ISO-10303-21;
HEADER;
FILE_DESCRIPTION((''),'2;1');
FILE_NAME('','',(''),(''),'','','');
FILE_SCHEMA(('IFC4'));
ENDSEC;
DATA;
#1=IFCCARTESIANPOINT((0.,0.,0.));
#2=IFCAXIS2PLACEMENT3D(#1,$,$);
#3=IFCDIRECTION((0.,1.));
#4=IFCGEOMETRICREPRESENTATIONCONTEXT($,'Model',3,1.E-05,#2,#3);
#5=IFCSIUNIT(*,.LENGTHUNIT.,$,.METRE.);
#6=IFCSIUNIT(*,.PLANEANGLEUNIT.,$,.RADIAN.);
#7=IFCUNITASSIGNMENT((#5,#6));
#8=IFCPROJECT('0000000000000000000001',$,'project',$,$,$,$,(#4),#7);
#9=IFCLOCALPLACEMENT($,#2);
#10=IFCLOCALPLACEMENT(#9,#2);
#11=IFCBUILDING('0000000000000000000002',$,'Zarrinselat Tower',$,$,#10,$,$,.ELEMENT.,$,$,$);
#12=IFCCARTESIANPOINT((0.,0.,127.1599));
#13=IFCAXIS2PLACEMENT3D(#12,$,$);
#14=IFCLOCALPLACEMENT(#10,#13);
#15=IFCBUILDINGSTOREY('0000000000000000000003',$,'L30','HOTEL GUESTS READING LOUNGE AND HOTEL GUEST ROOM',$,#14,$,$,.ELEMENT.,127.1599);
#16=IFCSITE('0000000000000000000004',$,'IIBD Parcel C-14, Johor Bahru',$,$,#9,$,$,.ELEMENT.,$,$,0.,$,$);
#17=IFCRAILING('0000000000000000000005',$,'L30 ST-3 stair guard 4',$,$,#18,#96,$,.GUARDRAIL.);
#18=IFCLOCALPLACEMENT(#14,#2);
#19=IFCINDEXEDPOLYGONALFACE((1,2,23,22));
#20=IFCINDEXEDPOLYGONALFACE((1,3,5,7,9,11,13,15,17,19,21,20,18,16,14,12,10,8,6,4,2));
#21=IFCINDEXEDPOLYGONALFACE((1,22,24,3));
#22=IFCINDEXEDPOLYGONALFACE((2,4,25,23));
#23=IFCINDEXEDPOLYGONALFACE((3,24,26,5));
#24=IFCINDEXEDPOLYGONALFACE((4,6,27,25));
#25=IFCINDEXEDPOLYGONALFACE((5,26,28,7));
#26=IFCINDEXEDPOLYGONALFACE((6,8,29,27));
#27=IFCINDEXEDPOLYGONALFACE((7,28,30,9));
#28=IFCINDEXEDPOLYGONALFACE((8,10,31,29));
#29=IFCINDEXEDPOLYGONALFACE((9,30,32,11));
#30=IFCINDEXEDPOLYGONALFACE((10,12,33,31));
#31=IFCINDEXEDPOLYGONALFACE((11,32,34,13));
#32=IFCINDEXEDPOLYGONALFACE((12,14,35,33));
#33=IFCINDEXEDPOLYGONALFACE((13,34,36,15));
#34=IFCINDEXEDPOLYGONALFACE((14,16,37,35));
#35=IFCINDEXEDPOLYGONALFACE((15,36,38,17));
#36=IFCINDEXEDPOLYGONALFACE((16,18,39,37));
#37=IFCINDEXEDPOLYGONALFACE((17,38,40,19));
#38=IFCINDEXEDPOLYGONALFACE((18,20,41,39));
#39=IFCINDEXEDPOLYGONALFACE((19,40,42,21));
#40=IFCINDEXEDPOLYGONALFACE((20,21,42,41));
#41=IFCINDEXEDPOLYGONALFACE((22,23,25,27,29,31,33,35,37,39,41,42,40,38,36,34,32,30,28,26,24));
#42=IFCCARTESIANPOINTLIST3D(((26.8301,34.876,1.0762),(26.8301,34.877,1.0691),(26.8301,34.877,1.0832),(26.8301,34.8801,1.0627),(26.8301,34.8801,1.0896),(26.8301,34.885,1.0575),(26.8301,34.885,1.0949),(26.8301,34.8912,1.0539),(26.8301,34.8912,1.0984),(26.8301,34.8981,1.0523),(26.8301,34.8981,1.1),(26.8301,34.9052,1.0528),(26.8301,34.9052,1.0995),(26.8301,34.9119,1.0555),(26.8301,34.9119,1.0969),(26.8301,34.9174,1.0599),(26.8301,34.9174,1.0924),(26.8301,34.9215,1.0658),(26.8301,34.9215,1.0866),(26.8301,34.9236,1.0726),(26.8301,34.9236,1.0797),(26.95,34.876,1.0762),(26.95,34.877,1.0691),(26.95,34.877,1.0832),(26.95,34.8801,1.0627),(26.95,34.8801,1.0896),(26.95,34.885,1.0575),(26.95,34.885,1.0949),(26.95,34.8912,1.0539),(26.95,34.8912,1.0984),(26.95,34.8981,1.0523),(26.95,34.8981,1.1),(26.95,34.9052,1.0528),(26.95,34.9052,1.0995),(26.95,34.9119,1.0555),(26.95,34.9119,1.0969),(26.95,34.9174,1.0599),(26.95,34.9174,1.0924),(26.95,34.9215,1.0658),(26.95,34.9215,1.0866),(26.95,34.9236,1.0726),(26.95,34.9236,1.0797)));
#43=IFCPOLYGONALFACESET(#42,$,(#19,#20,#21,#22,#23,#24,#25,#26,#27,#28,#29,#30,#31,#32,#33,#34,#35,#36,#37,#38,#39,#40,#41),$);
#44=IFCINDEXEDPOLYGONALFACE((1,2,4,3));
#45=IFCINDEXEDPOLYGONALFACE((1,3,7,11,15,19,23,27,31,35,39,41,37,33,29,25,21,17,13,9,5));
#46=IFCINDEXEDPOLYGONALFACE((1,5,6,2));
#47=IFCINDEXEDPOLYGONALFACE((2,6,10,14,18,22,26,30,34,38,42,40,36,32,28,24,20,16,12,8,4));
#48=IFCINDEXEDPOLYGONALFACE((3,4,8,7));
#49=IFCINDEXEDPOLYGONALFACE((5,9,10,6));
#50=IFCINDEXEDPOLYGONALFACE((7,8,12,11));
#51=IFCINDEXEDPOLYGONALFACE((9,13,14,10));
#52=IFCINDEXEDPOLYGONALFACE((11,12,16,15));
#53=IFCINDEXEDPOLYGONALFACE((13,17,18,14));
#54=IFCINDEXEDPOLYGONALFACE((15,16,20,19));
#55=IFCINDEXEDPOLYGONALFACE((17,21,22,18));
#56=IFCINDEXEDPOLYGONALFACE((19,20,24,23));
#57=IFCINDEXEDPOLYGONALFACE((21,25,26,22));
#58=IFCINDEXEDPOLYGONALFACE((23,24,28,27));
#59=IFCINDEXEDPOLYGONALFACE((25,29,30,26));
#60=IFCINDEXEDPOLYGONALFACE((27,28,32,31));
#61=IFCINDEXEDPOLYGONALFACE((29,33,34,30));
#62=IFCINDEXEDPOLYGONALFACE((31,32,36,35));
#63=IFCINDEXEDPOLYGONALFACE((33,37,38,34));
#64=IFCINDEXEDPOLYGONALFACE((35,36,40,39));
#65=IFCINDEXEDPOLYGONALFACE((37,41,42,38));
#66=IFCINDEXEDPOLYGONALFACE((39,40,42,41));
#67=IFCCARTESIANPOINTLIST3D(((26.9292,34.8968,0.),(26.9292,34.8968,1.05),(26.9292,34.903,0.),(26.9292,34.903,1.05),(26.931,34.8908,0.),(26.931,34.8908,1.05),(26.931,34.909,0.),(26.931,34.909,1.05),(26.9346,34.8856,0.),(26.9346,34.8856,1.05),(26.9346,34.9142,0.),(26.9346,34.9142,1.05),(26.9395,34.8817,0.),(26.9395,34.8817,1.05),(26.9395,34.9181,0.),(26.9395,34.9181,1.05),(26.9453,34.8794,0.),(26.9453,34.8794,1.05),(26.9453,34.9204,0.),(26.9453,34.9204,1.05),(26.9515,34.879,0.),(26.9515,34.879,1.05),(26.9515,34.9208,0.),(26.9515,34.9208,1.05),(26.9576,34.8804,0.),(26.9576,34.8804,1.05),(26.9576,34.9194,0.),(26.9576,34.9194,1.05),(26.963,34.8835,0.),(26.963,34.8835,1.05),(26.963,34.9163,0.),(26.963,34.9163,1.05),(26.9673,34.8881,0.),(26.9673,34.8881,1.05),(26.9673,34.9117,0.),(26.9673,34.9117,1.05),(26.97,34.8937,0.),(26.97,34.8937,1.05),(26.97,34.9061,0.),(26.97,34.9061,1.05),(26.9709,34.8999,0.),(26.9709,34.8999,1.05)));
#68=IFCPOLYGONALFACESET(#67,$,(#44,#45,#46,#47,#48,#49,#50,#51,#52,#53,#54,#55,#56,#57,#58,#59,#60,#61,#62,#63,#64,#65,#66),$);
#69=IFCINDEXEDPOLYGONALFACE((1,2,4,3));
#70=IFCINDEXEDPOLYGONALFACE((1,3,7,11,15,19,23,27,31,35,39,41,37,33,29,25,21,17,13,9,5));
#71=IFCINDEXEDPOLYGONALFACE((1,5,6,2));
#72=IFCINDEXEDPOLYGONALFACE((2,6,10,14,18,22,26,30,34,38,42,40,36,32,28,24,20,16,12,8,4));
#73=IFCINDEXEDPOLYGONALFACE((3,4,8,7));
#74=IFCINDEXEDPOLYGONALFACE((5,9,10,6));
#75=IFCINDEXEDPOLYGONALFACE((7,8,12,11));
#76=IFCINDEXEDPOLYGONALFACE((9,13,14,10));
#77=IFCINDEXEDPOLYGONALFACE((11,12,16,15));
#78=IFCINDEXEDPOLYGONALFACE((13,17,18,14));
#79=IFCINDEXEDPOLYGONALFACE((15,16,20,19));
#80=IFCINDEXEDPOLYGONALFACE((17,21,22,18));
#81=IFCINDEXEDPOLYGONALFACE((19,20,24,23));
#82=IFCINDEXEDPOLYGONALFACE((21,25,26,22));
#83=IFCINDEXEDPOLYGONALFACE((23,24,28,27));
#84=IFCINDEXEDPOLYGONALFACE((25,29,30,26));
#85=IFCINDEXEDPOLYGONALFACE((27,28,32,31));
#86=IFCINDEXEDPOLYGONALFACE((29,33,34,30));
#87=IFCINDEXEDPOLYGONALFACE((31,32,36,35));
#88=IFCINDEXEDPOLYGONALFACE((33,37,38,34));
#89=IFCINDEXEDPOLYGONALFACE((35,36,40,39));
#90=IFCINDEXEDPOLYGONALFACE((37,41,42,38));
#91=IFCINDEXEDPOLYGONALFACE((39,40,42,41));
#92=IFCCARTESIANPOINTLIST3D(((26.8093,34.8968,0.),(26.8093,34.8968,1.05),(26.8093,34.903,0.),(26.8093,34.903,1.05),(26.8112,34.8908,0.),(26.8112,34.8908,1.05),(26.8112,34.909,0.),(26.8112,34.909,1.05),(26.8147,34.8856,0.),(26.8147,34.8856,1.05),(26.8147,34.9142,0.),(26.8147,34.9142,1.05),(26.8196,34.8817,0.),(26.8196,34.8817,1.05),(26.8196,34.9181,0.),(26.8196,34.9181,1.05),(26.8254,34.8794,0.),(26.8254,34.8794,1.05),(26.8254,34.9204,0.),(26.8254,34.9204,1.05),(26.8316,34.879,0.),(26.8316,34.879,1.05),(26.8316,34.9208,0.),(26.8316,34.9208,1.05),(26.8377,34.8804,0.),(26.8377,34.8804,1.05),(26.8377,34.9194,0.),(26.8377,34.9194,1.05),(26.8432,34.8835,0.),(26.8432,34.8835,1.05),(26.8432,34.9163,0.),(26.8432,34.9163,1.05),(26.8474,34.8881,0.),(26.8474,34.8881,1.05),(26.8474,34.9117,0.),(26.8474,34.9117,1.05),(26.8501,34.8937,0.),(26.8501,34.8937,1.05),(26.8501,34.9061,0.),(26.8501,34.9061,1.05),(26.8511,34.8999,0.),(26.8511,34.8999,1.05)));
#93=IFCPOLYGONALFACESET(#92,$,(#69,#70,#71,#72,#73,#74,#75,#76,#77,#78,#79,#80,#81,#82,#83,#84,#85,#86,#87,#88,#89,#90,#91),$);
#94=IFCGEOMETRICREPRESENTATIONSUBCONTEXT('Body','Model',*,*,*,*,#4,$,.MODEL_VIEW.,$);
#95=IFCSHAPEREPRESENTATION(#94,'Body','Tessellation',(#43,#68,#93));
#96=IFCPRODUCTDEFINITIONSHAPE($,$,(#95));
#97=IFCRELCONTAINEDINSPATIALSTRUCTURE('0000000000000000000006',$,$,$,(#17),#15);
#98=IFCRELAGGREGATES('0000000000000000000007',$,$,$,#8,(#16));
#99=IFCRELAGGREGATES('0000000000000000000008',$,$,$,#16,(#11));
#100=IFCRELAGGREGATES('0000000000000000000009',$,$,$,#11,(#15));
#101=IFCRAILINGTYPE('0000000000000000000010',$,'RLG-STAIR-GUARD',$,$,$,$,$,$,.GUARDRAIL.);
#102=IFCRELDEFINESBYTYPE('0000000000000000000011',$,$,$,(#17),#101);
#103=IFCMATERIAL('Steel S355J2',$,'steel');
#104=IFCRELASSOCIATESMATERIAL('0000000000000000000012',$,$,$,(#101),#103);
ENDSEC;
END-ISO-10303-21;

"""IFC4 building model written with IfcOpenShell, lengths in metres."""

from ifc_helpers import new_model, si_unit, direction, frame, origin, origin_2d, place, context, subcontext, project, spatial, circle, extrude, material, type_object, element, save


model = new_model("IFC4")

# Units and contexts
model_context = context("Model", 3, precision=1e-05, world=origin(), true_north=direction((0.0, 1.0)))
body_context = subcontext(model_context, "Body", "Model", "MODEL_VIEW")
ifc_project = project(units=[si_unit("LENGTHUNIT", "METRE"), si_unit("PLANEANGLEUNIT", "RADIAN")], contexts=[model_context])

# Site, building, storey
site_placement = place(None, origin())
site = spatial("IfcSite", under=ifc_project, at=site_placement, Name="IIBD Parcel C-14, Johor Bahru", CompositionType="ELEMENT", RefElevation=0.0)
building_placement = place(site_placement, origin())
building = spatial("IfcBuilding", under=site, at=building_placement, Name="Zarrinselat Tower", CompositionType="ELEMENT")
storey_placement = place(building_placement, frame((0.0, 0.0, 127.1599)))
storey = spatial("IfcBuildingStorey", under=building, at=storey_placement, Name="L30", Description="HOTEL GUESTS READING LOUNGE AND HOTEL GUEST ROOM", CompositionType="ELEMENT", Elevation=127.1599)

# Railing
ifc_material_1 = material(Name="Steel S355J2", Category="steel")
railing_type_1 = type_object("IfcRailingType", Name="RLG-STAIR-GUARD", PredefinedType="GUARDRAIL", material=ifc_material_1)
railing_1_placement = place(storey_placement, frame((26.95, 34.8999, 0.0)))
element("IfcRailing", 1, at=railing_1_placement, inside=storey, type_object=railing_type_1, Name="L30 ST-3 stair guard 4", PredefinedType="GUARDRAIL", context=body_context, shape_type="SweptSolid", body=[
    extrude(circle(Radius=0.0239, at=origin_2d()), frame((0.0, 0.0, 1.0762), z_axis=(-1.0, 0.0, 0.0), x_axis=(0.0, -1.0, 0.0)), (0.0, 0.0, 1.0), 0.1199),
    extrude(circle(Radius=0.021, at=origin_2d()), origin(), (0.0, 0.0, 1.0), 1.05),
    extrude(circle(Radius=0.021, at=origin_2d()), frame((-0.1199, 0.0, 0.0)), (0.0, 0.0, 1.0), 1.05),
])

save(model, "model.ifc")
